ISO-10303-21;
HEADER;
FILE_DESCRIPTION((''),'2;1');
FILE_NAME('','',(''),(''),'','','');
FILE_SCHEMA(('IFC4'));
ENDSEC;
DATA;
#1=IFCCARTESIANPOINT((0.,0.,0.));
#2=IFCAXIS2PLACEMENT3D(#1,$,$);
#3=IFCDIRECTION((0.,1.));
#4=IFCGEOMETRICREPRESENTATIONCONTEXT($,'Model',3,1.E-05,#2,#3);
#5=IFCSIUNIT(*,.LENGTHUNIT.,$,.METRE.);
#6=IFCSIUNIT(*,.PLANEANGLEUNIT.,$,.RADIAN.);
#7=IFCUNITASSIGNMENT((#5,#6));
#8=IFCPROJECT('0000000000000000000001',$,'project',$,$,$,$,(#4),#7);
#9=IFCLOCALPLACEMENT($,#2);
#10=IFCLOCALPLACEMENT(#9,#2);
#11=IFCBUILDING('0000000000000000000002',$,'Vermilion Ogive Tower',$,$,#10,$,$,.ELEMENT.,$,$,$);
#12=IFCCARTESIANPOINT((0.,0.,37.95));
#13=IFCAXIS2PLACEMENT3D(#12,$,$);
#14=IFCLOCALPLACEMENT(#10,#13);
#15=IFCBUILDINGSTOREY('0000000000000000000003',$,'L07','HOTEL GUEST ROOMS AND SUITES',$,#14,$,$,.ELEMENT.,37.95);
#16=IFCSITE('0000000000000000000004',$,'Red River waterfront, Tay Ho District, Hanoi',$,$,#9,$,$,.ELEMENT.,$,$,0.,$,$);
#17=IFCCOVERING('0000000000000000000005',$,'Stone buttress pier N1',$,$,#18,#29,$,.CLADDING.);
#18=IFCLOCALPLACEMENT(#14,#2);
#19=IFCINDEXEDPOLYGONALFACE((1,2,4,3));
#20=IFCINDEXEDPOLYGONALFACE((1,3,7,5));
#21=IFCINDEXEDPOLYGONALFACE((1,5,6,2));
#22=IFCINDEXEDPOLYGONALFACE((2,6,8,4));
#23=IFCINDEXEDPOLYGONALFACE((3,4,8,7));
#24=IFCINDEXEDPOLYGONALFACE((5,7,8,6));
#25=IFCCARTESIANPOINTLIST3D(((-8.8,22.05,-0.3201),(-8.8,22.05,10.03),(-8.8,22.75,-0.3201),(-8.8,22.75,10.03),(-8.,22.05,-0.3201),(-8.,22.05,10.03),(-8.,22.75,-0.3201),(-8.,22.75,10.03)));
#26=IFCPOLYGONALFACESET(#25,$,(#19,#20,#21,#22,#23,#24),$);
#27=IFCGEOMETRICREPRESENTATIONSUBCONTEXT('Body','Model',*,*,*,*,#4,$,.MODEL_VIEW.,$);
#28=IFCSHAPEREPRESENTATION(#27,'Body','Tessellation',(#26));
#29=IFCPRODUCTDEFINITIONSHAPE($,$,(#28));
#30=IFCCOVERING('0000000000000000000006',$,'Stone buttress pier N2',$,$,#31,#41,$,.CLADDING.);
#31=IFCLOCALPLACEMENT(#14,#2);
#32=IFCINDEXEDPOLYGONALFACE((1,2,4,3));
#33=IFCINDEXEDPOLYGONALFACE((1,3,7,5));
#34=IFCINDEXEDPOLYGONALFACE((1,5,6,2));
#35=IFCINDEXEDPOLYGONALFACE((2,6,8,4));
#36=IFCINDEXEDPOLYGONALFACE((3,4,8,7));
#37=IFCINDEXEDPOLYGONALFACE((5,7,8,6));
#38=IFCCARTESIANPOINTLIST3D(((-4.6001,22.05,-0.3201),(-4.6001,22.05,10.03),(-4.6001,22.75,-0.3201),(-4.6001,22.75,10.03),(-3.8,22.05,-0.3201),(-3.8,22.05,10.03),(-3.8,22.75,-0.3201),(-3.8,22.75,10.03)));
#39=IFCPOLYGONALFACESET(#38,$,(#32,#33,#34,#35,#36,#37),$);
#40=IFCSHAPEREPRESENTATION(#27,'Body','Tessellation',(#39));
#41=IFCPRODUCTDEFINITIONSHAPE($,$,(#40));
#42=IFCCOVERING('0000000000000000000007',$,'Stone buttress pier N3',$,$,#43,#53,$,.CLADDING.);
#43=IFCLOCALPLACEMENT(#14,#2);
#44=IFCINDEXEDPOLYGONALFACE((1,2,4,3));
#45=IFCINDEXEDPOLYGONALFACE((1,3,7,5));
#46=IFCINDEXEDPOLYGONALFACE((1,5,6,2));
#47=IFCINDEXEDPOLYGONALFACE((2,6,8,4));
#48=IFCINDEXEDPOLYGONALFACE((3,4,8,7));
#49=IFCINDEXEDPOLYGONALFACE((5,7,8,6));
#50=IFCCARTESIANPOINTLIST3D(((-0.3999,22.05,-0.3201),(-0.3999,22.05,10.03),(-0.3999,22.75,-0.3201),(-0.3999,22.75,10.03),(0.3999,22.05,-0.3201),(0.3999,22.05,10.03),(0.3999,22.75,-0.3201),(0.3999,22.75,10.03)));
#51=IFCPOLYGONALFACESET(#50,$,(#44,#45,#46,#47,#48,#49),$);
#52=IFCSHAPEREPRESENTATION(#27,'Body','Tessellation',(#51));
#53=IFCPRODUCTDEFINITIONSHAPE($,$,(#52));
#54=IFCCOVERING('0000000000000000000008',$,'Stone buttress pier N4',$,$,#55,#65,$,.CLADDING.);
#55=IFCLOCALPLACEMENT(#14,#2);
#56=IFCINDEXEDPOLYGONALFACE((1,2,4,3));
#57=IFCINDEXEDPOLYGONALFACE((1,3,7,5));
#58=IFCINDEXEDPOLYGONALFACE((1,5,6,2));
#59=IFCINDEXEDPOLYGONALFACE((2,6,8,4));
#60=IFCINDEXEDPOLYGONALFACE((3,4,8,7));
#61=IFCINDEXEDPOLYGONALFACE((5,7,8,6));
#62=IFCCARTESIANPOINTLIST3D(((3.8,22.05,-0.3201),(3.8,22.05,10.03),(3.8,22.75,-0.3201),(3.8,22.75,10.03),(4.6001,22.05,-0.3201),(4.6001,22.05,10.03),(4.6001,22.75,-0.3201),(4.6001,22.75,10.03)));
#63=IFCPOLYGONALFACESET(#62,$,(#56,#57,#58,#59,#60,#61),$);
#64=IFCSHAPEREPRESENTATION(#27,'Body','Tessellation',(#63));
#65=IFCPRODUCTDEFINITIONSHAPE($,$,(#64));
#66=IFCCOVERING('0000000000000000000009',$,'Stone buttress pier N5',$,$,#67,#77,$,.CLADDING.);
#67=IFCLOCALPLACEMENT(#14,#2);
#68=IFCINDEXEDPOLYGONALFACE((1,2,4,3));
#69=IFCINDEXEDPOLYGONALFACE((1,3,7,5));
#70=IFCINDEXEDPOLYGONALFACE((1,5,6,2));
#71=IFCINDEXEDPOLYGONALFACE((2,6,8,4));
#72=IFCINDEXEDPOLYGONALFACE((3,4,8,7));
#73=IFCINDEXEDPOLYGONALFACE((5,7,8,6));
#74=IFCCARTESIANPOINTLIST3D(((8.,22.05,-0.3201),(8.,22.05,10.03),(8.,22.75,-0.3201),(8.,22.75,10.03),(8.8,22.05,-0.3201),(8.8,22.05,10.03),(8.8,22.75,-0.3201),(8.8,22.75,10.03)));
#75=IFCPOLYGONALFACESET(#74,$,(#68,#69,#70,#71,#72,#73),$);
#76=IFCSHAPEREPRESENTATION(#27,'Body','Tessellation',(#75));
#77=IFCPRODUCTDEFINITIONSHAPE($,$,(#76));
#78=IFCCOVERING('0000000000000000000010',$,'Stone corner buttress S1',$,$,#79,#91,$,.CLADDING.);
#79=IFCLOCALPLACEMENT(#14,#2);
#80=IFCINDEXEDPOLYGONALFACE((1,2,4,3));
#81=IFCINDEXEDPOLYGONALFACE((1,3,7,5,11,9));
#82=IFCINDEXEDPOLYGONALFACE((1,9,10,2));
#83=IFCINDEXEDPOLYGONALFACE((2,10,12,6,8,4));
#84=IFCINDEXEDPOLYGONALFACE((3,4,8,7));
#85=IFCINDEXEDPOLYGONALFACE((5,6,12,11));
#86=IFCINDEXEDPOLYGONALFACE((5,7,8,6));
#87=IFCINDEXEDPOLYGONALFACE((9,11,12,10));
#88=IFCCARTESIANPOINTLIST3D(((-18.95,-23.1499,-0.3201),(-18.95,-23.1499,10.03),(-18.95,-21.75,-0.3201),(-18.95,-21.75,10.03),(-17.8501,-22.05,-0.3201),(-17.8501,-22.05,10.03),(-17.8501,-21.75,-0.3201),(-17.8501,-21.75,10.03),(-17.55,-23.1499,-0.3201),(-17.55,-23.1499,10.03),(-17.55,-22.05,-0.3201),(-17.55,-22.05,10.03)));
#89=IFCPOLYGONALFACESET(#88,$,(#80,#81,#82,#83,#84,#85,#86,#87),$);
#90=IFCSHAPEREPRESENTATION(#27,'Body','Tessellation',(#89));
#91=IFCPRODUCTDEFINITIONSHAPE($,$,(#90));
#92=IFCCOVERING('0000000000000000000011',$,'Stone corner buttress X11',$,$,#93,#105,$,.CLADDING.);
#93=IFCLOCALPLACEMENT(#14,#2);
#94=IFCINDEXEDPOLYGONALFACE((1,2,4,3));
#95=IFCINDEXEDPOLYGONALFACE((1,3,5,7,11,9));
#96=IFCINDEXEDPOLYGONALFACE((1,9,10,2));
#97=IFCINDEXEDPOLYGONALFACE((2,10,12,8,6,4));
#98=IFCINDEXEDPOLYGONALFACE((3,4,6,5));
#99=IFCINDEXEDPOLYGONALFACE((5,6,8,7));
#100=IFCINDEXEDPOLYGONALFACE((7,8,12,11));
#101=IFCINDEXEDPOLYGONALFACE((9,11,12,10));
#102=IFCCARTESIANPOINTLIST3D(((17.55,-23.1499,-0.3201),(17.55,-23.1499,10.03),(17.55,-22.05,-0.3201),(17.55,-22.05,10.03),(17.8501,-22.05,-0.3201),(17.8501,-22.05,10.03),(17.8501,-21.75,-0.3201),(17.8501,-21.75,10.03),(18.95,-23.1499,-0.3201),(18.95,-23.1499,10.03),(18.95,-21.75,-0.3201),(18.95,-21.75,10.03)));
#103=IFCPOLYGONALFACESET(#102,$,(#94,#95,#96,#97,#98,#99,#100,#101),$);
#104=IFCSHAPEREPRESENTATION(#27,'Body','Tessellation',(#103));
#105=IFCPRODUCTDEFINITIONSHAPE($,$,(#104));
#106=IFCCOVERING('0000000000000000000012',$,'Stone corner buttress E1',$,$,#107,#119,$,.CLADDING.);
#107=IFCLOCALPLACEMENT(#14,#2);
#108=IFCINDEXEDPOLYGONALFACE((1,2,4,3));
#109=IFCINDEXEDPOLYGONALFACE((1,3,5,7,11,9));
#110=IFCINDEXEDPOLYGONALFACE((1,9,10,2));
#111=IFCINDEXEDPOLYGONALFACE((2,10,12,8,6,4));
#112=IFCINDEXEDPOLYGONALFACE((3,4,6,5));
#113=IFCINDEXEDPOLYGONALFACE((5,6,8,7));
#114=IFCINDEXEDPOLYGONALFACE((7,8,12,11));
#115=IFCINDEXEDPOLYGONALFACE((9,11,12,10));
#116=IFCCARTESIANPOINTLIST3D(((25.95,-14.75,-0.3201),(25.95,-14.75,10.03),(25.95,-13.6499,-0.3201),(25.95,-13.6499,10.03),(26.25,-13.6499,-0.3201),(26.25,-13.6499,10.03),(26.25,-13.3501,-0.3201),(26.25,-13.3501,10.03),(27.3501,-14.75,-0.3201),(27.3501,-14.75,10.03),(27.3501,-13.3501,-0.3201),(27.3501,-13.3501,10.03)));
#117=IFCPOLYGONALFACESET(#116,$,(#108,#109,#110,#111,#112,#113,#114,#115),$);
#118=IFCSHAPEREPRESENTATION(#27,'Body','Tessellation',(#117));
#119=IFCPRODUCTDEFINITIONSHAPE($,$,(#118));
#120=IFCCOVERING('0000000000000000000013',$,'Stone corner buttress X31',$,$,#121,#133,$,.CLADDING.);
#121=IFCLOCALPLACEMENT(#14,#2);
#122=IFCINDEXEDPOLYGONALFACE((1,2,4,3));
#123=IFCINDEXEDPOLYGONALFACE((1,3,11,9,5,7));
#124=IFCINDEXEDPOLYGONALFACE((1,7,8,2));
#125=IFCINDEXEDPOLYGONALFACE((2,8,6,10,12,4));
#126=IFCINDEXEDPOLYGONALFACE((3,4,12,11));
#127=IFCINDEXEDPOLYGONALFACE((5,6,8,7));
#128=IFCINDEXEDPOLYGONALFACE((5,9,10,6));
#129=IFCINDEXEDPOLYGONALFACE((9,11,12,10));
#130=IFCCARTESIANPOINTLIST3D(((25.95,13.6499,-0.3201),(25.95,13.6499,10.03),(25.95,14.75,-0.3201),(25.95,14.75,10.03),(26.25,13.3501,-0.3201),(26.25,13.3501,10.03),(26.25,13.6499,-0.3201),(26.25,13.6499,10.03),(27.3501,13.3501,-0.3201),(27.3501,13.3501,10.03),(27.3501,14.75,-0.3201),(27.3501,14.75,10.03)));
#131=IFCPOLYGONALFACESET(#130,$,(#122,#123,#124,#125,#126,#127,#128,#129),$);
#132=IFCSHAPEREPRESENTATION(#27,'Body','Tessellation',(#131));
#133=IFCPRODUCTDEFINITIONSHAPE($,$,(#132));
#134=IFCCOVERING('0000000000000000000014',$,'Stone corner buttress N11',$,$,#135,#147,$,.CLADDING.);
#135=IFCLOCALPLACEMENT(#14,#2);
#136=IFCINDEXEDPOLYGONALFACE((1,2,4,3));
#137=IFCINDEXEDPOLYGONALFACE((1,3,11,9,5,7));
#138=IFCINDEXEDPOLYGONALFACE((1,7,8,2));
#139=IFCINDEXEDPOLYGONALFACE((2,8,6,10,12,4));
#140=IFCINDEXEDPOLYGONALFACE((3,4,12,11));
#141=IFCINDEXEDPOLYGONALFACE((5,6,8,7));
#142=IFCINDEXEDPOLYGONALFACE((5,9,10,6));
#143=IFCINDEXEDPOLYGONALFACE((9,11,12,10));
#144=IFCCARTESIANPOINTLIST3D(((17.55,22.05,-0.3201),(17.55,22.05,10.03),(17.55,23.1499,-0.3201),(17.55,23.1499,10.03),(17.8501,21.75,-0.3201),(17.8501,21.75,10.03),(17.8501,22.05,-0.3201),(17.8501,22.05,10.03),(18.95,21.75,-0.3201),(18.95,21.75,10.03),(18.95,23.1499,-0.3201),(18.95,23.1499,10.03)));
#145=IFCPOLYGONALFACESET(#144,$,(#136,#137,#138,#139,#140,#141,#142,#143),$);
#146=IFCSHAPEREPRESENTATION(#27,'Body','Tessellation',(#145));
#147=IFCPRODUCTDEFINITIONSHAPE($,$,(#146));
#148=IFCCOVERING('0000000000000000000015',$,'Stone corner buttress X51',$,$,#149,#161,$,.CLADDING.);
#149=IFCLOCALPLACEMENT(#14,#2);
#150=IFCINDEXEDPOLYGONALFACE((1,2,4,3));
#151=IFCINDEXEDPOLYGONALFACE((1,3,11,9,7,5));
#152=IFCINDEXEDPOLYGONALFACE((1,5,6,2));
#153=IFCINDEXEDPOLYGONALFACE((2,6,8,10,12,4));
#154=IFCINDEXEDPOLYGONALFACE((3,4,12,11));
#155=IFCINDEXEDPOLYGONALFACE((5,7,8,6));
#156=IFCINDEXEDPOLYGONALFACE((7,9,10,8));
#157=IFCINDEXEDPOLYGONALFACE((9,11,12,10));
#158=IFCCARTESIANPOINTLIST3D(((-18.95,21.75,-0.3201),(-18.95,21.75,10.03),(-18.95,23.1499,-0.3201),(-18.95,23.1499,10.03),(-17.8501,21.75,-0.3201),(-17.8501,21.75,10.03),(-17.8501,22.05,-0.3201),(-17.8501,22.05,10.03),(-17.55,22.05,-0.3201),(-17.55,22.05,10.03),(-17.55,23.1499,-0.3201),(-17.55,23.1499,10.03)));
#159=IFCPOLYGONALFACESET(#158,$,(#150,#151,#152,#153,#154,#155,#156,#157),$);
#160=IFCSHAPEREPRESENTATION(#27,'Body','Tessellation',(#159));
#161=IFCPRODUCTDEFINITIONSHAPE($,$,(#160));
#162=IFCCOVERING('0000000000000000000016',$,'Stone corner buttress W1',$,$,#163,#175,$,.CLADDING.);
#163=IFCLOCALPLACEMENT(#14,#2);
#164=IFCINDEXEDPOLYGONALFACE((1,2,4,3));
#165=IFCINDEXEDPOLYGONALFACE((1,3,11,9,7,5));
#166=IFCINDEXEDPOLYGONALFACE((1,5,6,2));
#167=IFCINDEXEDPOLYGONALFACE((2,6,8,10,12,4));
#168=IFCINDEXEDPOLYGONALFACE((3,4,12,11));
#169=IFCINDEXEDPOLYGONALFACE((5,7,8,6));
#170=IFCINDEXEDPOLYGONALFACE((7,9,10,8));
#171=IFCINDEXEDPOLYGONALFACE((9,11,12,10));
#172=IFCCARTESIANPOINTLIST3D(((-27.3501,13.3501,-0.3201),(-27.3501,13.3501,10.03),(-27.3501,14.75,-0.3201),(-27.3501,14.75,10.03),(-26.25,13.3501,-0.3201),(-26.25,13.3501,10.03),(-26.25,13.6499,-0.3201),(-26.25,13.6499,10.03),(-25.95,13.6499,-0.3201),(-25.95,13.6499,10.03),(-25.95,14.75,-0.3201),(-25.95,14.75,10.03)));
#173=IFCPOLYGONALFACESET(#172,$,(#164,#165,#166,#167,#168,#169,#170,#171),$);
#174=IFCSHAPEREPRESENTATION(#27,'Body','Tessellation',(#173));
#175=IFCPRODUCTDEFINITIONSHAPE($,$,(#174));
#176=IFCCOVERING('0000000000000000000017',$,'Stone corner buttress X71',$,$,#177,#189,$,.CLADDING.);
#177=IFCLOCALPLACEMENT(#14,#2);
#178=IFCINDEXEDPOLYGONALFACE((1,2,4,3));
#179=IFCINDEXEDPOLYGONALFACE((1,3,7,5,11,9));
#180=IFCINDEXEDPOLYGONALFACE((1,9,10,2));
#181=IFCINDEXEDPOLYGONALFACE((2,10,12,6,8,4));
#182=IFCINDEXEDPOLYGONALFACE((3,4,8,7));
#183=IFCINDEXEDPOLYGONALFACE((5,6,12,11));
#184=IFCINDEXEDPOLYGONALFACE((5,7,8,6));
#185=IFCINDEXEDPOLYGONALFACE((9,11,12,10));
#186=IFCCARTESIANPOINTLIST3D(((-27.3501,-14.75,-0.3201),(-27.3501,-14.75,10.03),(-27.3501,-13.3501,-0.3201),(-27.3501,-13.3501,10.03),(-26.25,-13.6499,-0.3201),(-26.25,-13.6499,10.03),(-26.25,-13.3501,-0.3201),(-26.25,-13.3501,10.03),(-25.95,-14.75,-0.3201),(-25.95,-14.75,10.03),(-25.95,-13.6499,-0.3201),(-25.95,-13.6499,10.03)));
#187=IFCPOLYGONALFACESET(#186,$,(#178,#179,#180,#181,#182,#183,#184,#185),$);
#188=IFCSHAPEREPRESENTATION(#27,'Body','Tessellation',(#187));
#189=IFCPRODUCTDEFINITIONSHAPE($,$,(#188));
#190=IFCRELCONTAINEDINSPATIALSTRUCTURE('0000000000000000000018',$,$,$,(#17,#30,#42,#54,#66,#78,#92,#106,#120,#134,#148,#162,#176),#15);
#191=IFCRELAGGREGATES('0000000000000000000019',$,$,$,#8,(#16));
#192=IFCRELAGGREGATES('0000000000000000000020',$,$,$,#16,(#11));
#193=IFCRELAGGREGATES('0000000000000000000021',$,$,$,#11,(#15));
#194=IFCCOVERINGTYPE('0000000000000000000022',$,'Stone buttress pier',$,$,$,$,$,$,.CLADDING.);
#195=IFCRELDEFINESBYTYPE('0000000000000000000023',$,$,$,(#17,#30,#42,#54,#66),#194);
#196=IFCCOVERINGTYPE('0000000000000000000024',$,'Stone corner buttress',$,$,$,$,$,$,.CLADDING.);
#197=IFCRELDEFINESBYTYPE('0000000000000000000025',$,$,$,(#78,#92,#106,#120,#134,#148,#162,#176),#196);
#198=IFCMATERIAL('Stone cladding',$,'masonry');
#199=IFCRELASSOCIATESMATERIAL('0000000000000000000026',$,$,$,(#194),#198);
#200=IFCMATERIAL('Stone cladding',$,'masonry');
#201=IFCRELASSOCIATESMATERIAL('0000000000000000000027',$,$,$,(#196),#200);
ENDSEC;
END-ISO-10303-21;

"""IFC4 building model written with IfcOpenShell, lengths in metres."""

from ifc_helpers import new_model, si_unit, direction, frame, origin, place, context, subcontext, project, spatial, polyline, outline, extrude, material, type_object, element, save


model = new_model("IFC4")

# Units and contexts
model_context = context("Model", 3, precision=1e-05, world=origin(), true_north=direction((0.0, 1.0)))
body_context = subcontext(model_context, "Body", "Model", "MODEL_VIEW")
ifc_project = project(units=[si_unit("LENGTHUNIT", "METRE"), si_unit("PLANEANGLEUNIT", "RADIAN")], contexts=[model_context])

# Site, building, storey
site_placement = place(None, origin())
site = spatial("IfcSite", under=ifc_project, at=site_placement, Name="Red River waterfront, Tay Ho District, Hanoi", CompositionType="ELEMENT", RefElevation=0.0)
building_placement = place(site_placement, origin())
building = spatial("IfcBuilding", under=site, at=building_placement, Name="Vermilion Ogive Tower", CompositionType="ELEMENT")
storey_placement = place(building_placement, frame((0.0, 0.0, 37.95)))
storey = spatial("IfcBuildingStorey", under=building, at=storey_placement, Name="L07", Description="HOTEL GUEST ROOMS AND SUITES", CompositionType="ELEMENT", Elevation=37.95)

# Coverings
ifc_material_1 = material(Name="Stone cladding", Category="masonry")
covering_type_1 = type_object("IfcCoveringType", Name="Stone buttress pier", PredefinedType="CLADDING", material=ifc_material_1)
covering_1_placement = place(storey_placement, frame((0.0, 0.0, -0.3201)))
element("IfcCovering", 1, at=covering_1_placement, inside=storey, type_object=covering_type_1, Name="Stone buttress pier N1", PredefinedType="CLADDING", context=body_context, shape_type="SweptSolid", body=[
    extrude(outline(polyline([(-8.0, 22.75), (-8.0, 22.05), (-8.8, 22.05), (-8.8, 22.75), (-8.0, 22.75)])), origin(), (0.0, 0.0, 1.0), 10.3501),
])
covering_2_placement = place(storey_placement, frame((0.0, 0.0, -0.3201)))
element("IfcCovering", 2, at=covering_2_placement, inside=storey, type_object=covering_type_1, Name="Stone buttress pier N2", PredefinedType="CLADDING", context=body_context, shape_type="SweptSolid", body=[
    extrude(outline(polyline([(-3.8, 22.75), (-3.8, 22.05), (-4.6001, 22.05), (-4.6001, 22.75), (-3.8, 22.75)])), origin(), (0.0, 0.0, 1.0), 10.3501),
])
covering_3_placement = place(storey_placement, frame((0.0, 0.0, -0.3201)))
element("IfcCovering", 3, at=covering_3_placement, inside=storey, type_object=covering_type_1, Name="Stone buttress pier N3", PredefinedType="CLADDING", context=body_context, shape_type="SweptSolid", body=[
    extrude(outline(polyline([(0.3999, 22.75), (0.3999, 22.05), (-0.3999, 22.05), (-0.3999, 22.75), (0.3999, 22.75)])), origin(), (0.0, 0.0, 1.0), 10.3501),
])
covering_4_placement = place(storey_placement, frame((0.0, 0.0, -0.3201)))
element("IfcCovering", 4, at=covering_4_placement, inside=storey, type_object=covering_type_1, Name="Stone buttress pier N4", PredefinedType="CLADDING", context=body_context, shape_type="SweptSolid", body=[
    extrude(outline(polyline([(4.6001, 22.75), (4.6001, 22.05), (3.8, 22.05), (3.8, 22.75), (4.6001, 22.75)])), origin(), (0.0, 0.0, 1.0), 10.3501),
])
covering_5_placement = place(storey_placement, frame((0.0, 0.0, -0.3201)))
element("IfcCovering", 5, at=covering_5_placement, inside=storey, type_object=covering_type_1, Name="Stone buttress pier N5", PredefinedType="CLADDING", context=body_context, shape_type="SweptSolid", body=[
    extrude(outline(polyline([(8.8, 22.75), (8.8, 22.05), (8.0, 22.05), (8.0, 22.75), (8.8, 22.75)])), origin(), (0.0, 0.0, 1.0), 10.3501),
])
ifc_material_2 = material(Name="Stone cladding", Category="masonry")
covering_type_2 = type_object("IfcCoveringType", Name="Stone corner buttress", PredefinedType="CLADDING", material=ifc_material_2)
covering_6_placement = place(storey_placement, frame((0.0, 0.0, -0.3201)))
element("IfcCovering", 6, at=covering_6_placement, inside=storey, type_object=covering_type_2, Name="Stone corner buttress S1", PredefinedType="CLADDING", context=body_context, shape_type="SweptSolid", body=[
    extrude(outline(polyline([(-17.8501, -22.05), (-17.55, -22.05), (-17.55, -23.1499), (-18.95, -23.1499), (-18.95, -21.75), (-17.8501, -21.75), (-17.8501, -22.05)])), origin(), (0.0, 0.0, 1.0), 10.3501),
])
covering_7_placement = place(storey_placement, frame((0.0, 0.0, -0.3201)))
element("IfcCovering", 7, at=covering_7_placement, inside=storey, type_object=covering_type_2, Name="Stone corner buttress X11", PredefinedType="CLADDING", context=body_context, shape_type="SweptSolid", body=[
    extrude(outline(polyline([(17.55, -22.05), (17.8501, -22.05), (17.8501, -21.75), (18.95, -21.75), (18.95, -23.1499), (17.55, -23.1499), (17.55, -22.05)])), origin(), (0.0, 0.0, 1.0), 10.3501),
])
covering_8_placement = place(storey_placement, frame((0.0, 0.0, -0.3201)))
element("IfcCovering", 8, at=covering_8_placement, inside=storey, type_object=covering_type_2, Name="Stone corner buttress E1", PredefinedType="CLADDING", context=body_context, shape_type="SweptSolid", body=[
    extrude(outline(polyline([(25.95, -13.6499), (26.25, -13.6499), (26.25, -13.3501), (27.3501, -13.3501), (27.3501, -14.75), (25.95, -14.75), (25.95, -13.6499)])), origin(), (0.0, 0.0, 1.0), 10.3501),
])
covering_9_placement = place(storey_placement, frame((0.0, 0.0, -0.3201)))
element("IfcCovering", 9, at=covering_9_placement, inside=storey, type_object=covering_type_2, Name="Stone corner buttress X31", PredefinedType="CLADDING", context=body_context, shape_type="SweptSolid", body=[
    extrude(outline(polyline([(27.3501, 13.3501), (26.25, 13.3501), (26.25, 13.6499), (25.95, 13.6499), (25.95, 14.75), (27.3501, 14.75), (27.3501, 13.3501)])), origin(), (0.0, 0.0, 1.0), 10.3501),
])
covering_10_placement = place(storey_placement, frame((0.0, 0.0, -0.3201)))
element("IfcCovering", 10, at=covering_10_placement, inside=storey, type_object=covering_type_2, Name="Stone corner buttress N11", PredefinedType="CLADDING", context=body_context, shape_type="SweptSolid", body=[
    extrude(outline(polyline([(17.8501, 22.05), (17.55, 22.05), (17.55, 23.1499), (18.95, 23.1499), (18.95, 21.75), (17.8501, 21.75), (17.8501, 22.05)])), origin(), (0.0, 0.0, 1.0), 10.3501),
])
covering_11_placement = place(storey_placement, frame((0.0, 0.0, -0.3201)))
element("IfcCovering", 11, at=covering_11_placement, inside=storey, type_object=covering_type_2, Name="Stone corner buttress X51", PredefinedType="CLADDING", context=body_context, shape_type="SweptSolid", body=[
    extrude(outline(polyline([(-17.55, 23.1499), (-17.55, 22.05), (-17.8501, 22.05), (-17.8501, 21.75), (-18.95, 21.75), (-18.95, 23.1499), (-17.55, 23.1499)])), origin(), (0.0, 0.0, 1.0), 10.3501),
])
covering_12_placement = place(storey_placement, frame((0.0, 0.0, -0.3201)))
element("IfcCovering", 12, at=covering_12_placement, inside=storey, type_object=covering_type_2, Name="Stone corner buttress W1", PredefinedType="CLADDING", context=body_context, shape_type="SweptSolid", body=[
    extrude(outline(polyline([(-26.25, 13.6499), (-26.25, 13.3501), (-27.3501, 13.3501), (-27.3501, 14.75), (-25.95, 14.75), (-25.95, 13.6499), (-26.25, 13.6499)])), origin(), (0.0, 0.0, 1.0), 10.3501),
])
covering_13_placement = place(storey_placement, frame((0.0, 0.0, -0.3201)))
element("IfcCovering", 13, at=covering_13_placement, inside=storey, type_object=covering_type_2, Name="Stone corner buttress X71", PredefinedType="CLADDING", context=body_context, shape_type="SweptSolid", body=[
    extrude(outline(polyline([(-26.25, -13.3501), (-26.25, -13.6499), (-25.95, -13.6499), (-25.95, -14.75), (-27.3501, -14.75), (-27.3501, -13.3501), (-26.25, -13.3501)])), origin(), (0.0, 0.0, 1.0), 10.3501),
])

save(model, "model.ifc")
